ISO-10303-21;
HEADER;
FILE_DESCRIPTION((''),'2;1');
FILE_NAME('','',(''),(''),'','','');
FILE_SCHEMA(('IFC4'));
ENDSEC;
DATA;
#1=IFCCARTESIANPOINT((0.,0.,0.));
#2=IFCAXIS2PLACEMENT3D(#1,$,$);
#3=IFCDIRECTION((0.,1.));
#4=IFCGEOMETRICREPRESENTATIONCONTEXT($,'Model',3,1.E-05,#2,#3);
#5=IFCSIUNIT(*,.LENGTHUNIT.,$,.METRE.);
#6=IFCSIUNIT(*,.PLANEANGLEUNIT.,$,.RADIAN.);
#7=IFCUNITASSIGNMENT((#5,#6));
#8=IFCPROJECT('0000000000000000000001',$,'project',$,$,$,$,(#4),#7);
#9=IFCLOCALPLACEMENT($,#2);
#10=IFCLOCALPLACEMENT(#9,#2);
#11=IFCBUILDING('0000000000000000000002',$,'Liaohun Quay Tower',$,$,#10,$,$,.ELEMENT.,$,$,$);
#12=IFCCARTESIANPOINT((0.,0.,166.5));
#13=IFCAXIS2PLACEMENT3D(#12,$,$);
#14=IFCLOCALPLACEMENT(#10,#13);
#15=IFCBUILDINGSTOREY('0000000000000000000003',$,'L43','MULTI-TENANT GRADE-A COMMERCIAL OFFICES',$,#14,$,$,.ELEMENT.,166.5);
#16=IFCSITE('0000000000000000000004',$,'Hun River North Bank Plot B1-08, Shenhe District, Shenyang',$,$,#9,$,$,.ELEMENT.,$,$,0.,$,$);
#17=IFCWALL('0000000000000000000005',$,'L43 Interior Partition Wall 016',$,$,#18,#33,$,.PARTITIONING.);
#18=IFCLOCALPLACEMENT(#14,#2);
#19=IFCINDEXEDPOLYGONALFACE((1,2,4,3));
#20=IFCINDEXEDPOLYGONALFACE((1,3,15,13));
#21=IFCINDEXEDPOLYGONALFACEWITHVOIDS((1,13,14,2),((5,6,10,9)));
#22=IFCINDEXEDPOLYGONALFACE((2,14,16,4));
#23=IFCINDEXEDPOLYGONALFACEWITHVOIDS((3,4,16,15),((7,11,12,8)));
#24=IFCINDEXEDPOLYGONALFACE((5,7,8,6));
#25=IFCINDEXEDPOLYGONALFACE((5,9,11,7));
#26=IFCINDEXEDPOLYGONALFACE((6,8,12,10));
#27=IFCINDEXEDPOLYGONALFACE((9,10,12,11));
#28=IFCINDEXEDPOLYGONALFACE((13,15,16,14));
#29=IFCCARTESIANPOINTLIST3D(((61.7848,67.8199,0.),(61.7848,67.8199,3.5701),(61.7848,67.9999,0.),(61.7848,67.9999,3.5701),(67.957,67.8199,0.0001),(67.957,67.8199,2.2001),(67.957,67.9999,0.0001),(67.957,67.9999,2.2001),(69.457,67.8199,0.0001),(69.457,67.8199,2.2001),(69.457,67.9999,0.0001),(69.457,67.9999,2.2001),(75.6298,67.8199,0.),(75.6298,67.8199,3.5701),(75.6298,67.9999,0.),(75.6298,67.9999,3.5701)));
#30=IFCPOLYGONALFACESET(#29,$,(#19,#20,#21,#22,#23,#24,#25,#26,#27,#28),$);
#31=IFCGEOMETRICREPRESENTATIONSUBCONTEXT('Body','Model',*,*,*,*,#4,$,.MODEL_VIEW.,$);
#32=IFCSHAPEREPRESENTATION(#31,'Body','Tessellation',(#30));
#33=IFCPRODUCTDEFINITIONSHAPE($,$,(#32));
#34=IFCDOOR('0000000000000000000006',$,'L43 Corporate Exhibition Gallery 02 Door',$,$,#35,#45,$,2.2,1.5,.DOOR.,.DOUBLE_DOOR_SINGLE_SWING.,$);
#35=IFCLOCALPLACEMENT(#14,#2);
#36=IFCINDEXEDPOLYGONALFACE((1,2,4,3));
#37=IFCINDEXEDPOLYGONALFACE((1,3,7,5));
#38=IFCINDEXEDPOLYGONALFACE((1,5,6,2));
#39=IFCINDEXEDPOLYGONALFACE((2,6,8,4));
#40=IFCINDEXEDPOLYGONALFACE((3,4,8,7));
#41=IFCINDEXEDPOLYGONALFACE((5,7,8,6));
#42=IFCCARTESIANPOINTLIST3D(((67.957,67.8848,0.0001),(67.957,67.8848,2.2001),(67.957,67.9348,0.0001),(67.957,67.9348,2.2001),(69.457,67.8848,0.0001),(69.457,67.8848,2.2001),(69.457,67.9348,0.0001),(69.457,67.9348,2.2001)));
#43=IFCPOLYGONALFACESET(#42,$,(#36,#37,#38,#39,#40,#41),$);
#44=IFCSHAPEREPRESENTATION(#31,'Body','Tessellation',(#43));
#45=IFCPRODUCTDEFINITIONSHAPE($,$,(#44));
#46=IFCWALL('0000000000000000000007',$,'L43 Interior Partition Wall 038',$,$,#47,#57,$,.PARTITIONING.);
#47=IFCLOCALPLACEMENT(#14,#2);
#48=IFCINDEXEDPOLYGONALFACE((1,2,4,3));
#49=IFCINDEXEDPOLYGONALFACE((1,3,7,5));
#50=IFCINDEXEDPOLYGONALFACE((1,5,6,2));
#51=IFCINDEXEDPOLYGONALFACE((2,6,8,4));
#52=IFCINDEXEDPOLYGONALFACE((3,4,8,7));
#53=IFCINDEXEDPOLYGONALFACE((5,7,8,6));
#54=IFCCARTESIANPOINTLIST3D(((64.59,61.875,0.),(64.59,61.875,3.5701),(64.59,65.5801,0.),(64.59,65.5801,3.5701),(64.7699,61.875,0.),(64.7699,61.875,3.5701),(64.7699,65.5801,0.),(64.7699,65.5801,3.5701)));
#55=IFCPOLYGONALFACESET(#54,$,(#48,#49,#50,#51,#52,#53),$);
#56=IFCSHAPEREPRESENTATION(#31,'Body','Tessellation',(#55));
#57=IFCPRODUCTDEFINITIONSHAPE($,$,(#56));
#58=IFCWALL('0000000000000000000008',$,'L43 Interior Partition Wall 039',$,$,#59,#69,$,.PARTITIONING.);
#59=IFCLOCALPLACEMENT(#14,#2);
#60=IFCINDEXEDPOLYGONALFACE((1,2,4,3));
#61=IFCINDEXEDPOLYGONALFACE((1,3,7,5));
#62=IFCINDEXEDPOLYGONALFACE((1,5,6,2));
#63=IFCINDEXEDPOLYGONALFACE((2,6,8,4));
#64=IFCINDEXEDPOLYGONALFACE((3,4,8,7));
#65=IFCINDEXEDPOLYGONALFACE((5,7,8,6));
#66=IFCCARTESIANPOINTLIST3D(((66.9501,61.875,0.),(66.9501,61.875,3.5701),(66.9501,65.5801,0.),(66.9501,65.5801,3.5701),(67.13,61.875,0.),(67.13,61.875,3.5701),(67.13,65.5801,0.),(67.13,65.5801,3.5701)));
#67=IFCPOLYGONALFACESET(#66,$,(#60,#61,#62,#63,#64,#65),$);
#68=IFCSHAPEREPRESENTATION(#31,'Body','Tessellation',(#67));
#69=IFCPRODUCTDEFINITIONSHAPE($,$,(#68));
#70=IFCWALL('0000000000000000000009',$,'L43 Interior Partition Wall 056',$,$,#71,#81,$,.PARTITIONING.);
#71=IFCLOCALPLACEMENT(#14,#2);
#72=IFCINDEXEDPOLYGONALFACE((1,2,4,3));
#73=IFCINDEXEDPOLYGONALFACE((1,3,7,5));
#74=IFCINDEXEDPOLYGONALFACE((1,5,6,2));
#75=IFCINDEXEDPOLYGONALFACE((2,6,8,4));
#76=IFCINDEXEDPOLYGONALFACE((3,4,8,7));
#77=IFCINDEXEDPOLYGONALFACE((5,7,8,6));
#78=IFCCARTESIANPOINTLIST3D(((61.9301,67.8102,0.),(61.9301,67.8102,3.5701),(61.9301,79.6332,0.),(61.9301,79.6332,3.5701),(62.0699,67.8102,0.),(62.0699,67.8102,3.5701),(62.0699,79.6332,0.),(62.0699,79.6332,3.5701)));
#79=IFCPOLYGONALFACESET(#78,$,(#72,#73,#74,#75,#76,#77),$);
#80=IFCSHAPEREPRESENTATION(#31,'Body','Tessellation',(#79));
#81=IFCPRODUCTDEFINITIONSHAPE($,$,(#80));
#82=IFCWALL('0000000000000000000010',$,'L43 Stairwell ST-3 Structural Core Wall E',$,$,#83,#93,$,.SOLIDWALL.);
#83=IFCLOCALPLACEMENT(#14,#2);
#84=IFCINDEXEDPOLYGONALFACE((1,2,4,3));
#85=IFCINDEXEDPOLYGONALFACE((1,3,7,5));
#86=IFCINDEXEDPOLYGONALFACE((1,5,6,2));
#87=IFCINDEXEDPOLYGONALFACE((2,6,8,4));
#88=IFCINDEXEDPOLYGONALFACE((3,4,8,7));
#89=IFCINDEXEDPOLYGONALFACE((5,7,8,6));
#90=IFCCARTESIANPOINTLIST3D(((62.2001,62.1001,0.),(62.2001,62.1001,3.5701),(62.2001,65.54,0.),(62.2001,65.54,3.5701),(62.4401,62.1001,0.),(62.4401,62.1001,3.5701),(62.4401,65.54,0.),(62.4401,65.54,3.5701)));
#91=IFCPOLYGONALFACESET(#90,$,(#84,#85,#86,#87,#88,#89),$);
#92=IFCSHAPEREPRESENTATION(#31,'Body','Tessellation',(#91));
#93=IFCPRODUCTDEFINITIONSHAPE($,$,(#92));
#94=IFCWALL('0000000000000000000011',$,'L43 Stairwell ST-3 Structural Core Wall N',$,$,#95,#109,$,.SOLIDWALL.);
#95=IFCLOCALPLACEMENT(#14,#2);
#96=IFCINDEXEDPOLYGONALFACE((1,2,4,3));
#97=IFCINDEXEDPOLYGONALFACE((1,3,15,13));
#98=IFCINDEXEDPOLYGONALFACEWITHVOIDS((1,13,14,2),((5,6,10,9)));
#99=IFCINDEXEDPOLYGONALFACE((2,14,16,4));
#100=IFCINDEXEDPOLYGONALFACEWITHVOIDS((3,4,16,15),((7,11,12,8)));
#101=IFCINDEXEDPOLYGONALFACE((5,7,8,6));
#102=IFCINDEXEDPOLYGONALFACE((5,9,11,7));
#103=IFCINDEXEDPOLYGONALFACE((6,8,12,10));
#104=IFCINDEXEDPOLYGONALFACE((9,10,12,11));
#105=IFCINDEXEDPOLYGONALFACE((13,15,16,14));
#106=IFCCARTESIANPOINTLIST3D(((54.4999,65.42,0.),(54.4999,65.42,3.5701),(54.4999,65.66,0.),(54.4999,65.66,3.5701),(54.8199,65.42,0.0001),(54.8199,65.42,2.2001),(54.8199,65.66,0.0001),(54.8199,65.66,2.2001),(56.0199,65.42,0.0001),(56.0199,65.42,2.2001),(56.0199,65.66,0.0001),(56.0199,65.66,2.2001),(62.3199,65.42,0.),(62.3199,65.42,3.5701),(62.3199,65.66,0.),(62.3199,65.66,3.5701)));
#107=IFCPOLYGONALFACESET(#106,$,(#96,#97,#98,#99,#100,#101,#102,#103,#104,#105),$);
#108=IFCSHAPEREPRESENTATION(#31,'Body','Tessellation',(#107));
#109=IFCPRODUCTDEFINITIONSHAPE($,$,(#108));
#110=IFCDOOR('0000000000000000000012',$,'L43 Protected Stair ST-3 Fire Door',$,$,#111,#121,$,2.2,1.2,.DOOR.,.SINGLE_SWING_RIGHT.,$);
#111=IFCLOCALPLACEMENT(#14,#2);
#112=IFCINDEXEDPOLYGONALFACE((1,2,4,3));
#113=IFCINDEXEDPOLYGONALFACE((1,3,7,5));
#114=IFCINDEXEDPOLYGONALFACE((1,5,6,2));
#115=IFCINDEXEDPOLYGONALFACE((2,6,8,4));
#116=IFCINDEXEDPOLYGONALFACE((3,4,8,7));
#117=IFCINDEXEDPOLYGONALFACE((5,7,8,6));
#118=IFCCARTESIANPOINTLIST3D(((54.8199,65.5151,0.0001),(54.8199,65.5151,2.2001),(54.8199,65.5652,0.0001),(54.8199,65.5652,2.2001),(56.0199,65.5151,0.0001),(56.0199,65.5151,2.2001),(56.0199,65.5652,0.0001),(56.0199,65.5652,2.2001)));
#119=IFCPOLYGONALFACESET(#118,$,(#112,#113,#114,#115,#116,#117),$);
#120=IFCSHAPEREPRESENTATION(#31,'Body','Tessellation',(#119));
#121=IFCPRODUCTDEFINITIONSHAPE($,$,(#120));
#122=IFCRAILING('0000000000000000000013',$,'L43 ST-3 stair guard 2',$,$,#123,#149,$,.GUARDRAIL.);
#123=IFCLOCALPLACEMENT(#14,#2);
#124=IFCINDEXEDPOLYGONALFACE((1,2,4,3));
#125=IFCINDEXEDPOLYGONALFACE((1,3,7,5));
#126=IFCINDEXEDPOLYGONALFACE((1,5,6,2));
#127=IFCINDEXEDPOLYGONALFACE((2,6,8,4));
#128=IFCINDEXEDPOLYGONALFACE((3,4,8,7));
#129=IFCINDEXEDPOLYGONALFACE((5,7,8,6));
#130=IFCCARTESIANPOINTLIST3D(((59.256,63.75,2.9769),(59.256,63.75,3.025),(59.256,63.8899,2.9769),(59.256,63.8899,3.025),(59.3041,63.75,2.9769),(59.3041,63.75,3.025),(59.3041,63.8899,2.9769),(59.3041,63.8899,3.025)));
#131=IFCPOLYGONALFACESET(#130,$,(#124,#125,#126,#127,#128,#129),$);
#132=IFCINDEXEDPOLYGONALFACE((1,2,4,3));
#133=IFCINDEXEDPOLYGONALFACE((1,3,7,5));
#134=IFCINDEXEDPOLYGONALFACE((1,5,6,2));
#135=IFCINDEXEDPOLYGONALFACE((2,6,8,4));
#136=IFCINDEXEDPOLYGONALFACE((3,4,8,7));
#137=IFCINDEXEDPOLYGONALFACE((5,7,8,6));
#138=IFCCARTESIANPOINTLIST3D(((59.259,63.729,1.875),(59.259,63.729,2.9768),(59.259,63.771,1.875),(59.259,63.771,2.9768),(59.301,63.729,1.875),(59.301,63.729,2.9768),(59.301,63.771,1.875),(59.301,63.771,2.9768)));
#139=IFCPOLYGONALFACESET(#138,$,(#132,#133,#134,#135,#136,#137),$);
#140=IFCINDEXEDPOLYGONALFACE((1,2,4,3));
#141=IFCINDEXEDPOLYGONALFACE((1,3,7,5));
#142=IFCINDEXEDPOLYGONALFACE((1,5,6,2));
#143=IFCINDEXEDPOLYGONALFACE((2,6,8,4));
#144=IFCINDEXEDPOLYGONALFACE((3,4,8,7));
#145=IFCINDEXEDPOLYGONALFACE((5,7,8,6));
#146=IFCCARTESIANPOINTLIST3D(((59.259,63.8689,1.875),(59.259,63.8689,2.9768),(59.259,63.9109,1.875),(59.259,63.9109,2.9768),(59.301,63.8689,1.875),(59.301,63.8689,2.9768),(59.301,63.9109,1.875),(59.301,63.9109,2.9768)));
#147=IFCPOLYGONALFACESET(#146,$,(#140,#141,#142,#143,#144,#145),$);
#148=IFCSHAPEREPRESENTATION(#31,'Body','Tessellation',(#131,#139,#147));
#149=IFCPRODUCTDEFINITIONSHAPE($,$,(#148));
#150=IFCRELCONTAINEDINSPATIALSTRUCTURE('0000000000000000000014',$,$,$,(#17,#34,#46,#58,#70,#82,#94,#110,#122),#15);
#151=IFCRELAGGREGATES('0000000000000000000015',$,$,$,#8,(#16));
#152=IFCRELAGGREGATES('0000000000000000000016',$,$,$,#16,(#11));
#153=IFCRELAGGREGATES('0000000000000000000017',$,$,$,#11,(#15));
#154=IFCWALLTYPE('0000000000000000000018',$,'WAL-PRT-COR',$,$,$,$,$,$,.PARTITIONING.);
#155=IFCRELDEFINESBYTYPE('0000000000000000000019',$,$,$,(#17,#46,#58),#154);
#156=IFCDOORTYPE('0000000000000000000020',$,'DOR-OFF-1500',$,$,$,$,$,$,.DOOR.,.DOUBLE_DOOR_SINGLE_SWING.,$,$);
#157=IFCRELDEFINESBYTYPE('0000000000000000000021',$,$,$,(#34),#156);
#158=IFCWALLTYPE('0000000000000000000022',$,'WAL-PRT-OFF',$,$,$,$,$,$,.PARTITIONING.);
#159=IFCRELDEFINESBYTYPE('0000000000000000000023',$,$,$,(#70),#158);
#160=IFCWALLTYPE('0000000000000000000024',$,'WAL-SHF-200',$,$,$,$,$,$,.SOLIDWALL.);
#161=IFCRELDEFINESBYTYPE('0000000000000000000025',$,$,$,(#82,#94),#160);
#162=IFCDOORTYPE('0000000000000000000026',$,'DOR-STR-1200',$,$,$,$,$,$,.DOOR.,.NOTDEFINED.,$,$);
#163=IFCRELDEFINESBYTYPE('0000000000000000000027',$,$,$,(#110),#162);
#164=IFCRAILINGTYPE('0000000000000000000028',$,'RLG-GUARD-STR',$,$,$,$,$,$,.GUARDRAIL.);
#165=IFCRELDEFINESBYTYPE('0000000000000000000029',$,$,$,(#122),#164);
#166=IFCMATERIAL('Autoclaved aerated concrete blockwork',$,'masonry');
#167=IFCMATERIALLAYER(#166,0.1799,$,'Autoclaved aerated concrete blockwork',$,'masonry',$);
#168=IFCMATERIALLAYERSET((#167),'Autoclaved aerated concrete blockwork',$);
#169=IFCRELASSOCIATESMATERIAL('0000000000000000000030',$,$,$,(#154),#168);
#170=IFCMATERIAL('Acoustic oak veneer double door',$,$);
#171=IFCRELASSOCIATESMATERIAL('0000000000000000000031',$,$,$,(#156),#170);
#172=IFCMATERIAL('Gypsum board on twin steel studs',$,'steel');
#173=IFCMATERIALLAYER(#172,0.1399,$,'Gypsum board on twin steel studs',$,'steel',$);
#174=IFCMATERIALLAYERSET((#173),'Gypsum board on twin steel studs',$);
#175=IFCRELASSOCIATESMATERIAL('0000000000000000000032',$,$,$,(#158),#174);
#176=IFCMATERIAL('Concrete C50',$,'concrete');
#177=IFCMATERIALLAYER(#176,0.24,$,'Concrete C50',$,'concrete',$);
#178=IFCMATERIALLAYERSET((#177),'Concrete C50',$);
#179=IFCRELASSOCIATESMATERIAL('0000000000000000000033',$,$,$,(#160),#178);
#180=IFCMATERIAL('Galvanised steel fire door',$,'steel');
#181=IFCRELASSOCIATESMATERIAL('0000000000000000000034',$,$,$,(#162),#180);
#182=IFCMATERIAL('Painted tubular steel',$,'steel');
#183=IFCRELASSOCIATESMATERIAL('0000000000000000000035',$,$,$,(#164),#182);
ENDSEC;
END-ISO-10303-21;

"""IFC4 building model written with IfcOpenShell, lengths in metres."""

from ifc_helpers import new_model, si_unit, direction, frame, frame_2d, origin, origin_2d, place, context, subcontext, project, spatial, rectangle, extrude, source, transform, mapped, material, layer, layer_set, type_object, element, fill, save


model = new_model("IFC4")

# Units and contexts
model_context = context("Model", 3, precision=1e-05, world=origin(), true_north=direction((0.0, 1.0)))
body_context = subcontext(model_context, "Body", "Model", "MODEL_VIEW")
ifc_project = project(units=[si_unit("LENGTHUNIT", "METRE"), si_unit("PLANEANGLEUNIT", "RADIAN")], contexts=[model_context])

# Site, building, storey
site_placement = place(None, origin())
site = spatial("IfcSite", under=ifc_project, at=site_placement, Name="Hun River North Bank Plot B1-08, Shenhe District, Shenyang", CompositionType="ELEMENT", RefElevation=0.0)
building_placement = place(site_placement, origin())
building = spatial("IfcBuilding", under=site, at=building_placement, Name="Liaohun Quay Tower", CompositionType="ELEMENT")
storey_placement = place(building_placement, frame((0.0, 0.0, 166.5)))
storey = spatial("IfcBuildingStorey", under=building, at=storey_placement, Name="L43", Description="MULTI-TENANT GRADE-A COMMERCIAL OFFICES", CompositionType="ELEMENT", Elevation=166.5)

# Wall, opening, door
ifc_material_1 = material(Name="Autoclaved aerated concrete blockwork", Category="masonry")
ifc_layer_1 = layer(ifc_material_1, 0.1799, Name="Autoclaved aerated concrete blockwork", Category="masonry")
ifc_layer_set_1 = layer_set([ifc_layer_1], Name="Autoclaved aerated concrete blockwork")
wall_type_1 = type_object("IfcWallType", Name="WAL-PRT-COR", PredefinedType="PARTITIONING", material=ifc_layer_set_1)
wall_1_placement = place(storey_placement, frame((61.7849, 67.9099, 0.0), z_axis=(0.0, 0.0, 1.0), x_axis=(1.0, 0.0, 0.0)))
wall_1 = element("IfcWall", 1, at=wall_1_placement, inside=storey, type_object=wall_type_1, Name="L43 Interior Partition Wall 016", PredefinedType="PARTITIONING", context=body_context, shape_type="SweptSolid", body=[
    extrude(rectangle(XDim=13.845, YDim=0.1799, at=frame_2d((6.9224, 0.0))), origin(), (0.0, 0.0, 1.0), 3.5701),
])
shared_shape_1 = source(origin(), body_context, "Body", "SweptSolid", [
    extrude(rectangle(XDim=1.5, YDim=2.2, at=frame_2d((0.75, 1.1001))), frame((0.0, 0.0999, 0.0), z_axis=(0.0, -1.0, 0.0), x_axis=(1.0, 0.0, 0.0)), (0.0, 0.0, 1.0), 0.2),
])
opening_1_placement = place(wall_1_placement, frame((6.1721, 0.0, 0.0)))
opening_1 = element("IfcOpeningElement", 2, at=opening_1_placement, cuts=wall_1, PredefinedType="OPENING", context=body_context, shape_type="MappedRepresentation", body=[
    mapped(shared_shape_1, transform((0.0, 0.0, 0.0), x_axis=(1.0, 0.0, 0.0), y_axis=(0.0, 1.0, 0.0), z_axis=(0.0, 0.0, 1.0), scale=1.0)),
])
ifc_material_2 = material(Name="Acoustic oak veneer double door")
door_type_1 = type_object("IfcDoorType", Name="DOR-OFF-1500", OperationType="DOUBLE_DOOR_SINGLE_SWING", PredefinedType="DOOR", material=ifc_material_2)
shared_shape_2 = source(origin(), body_context, "Body", "SweptSolid", [
    extrude(rectangle(XDim=1.5, YDim=2.2, at=frame_2d((0.75, 1.1001))), frame((0.0, 0.0249, 0.0), z_axis=(0.0, -1.0, 0.0), x_axis=(1.0, 0.0, 0.0)), (0.0, 0.0, 1.0), 0.05),
])
door_1_placement = place(opening_1_placement, origin())
door_1 = element("IfcDoor", 3, at=door_1_placement, inside=storey, type_object=door_type_1, Name="L43 Corporate Exhibition Gallery 02 Door", OperationType="DOUBLE_DOOR_SINGLE_SWING", OverallHeight=2.2, OverallWidth=1.5, PredefinedType="DOOR", context=body_context, shape_type="MappedRepresentation", body=[
    mapped(shared_shape_2, transform((0.0, 0.0, 0.0), x_axis=(1.0, 0.0, 0.0), y_axis=(0.0, 1.0, 0.0), z_axis=(0.0, 0.0, 1.0), scale=1.0)),
])
fill(opening_1, door_1)

# Walls
for number, where, z_axis, x_axis, name in (
    (4, (64.6799, 61.875, 0.0), (0.0, 0.0, 1.0), (0.0, 1.0, 0.0), "L43 Interior Partition Wall 038"),
    (5, (67.04, 61.875, 0.0), (0.0, 0.0, 1.0), (0.0, 1.0, 0.0), "L43 Interior Partition Wall 039"),
):
    element("IfcWall", number, at=place(storey_placement, frame(where, z_axis=z_axis, x_axis=x_axis)), inside=storey, type_object=wall_type_1, Name=name, PredefinedType="PARTITIONING", context=body_context, shape_type="SweptSolid", body=[
        extrude(rectangle(XDim=3.7051, YDim=0.1799, at=frame_2d((1.8525, 0.0))), origin(), (0.0, 0.0, 1.0), 3.5701),
    ])
ifc_material_3 = material(Name="Gypsum board on twin steel studs", Category="steel")
ifc_layer_2 = layer(ifc_material_3, 0.1399, Name="Gypsum board on twin steel studs", Category="steel")
ifc_layer_set_2 = layer_set([ifc_layer_2], Name="Gypsum board on twin steel studs")
wall_type_2 = type_object("IfcWallType", Name="WAL-PRT-OFF", PredefinedType="PARTITIONING", material=ifc_layer_set_2)
wall_2_placement = place(storey_placement, frame((62.0, 67.8101, 0.0), z_axis=(0.0, 0.0, 1.0), x_axis=(0.0, 1.0, 0.0)))
element("IfcWall", 6, at=wall_2_placement, inside=storey, type_object=wall_type_2, Name="L43 Interior Partition Wall 056", PredefinedType="PARTITIONING", context=body_context, shape_type="SweptSolid", body=[
    extrude(rectangle(XDim=11.823, YDim=0.1399, at=frame_2d((5.9116, 0.0))), origin(), (0.0, 0.0, 1.0), 3.5701),
])
ifc_material_4 = material(Name="Concrete C50", Category="concrete")
ifc_layer_3 = layer(ifc_material_4, 0.24, Name="Concrete C50", Category="concrete")
ifc_layer_set_3 = layer_set([ifc_layer_3], Name="Concrete C50")
wall_type_3 = type_object("IfcWallType", Name="WAL-SHF-200", PredefinedType="SOLIDWALL", material=ifc_layer_set_3)
wall_3_placement = place(storey_placement, frame((62.3201, 62.1001, 0.0), z_axis=(0.0, 0.0, 1.0), x_axis=(0.0, 1.0, 0.0)))
element("IfcWall", 7, at=wall_3_placement, inside=storey, type_object=wall_type_3, Name="L43 Stairwell ST-3 Structural Core Wall E", PredefinedType="SOLIDWALL", context=body_context, shape_type="SweptSolid", body=[
    extrude(rectangle(XDim=3.4399, YDim=0.24, at=frame_2d((1.72, 0.0))), origin(), (0.0, 0.0, 1.0), 3.5701),
])

# Wall, opening, door
wall_4_placement = place(storey_placement, frame((62.3201, 65.54, 0.0), z_axis=(0.0, 0.0, 1.0), x_axis=(-1.0, 0.0, 0.0)))
wall_4 = element("IfcWall", 8, at=wall_4_placement, inside=storey, type_object=wall_type_3, Name="L43 Stairwell ST-3 Structural Core Wall N", PredefinedType="SOLIDWALL", context=body_context, shape_type="SweptSolid", body=[
    extrude(rectangle(XDim=7.8201, YDim=0.24, at=frame_2d((3.9102, 0.0))), origin(), (0.0, 0.0, 1.0), 3.5701),
])
shared_shape_3 = source(origin(), body_context, "Body", "SweptSolid", [
    extrude(rectangle(XDim=1.2, YDim=2.2, at=frame_2d((0.6001, 1.1001))), frame((0.0, 0.1299, 0.0), z_axis=(0.0, -1.0, 0.0), x_axis=(1.0, 0.0, 0.0)), (0.0, 0.0, 1.0), 0.26),
])
opening_2_placement = place(wall_4_placement, frame((6.3, 0.0, 0.0)))
opening_2 = element("IfcOpeningElement", 9, at=opening_2_placement, cuts=wall_4, PredefinedType="OPENING", context=body_context, shape_type="MappedRepresentation", body=[
    mapped(shared_shape_3, transform((0.0, 0.0, 0.0), x_axis=(1.0, 0.0, 0.0), y_axis=(0.0, 1.0, 0.0), z_axis=(0.0, 0.0, 1.0), scale=1.0)),
])
ifc_material_5 = material(Name="Galvanised steel fire door", Category="steel")
door_type_2 = type_object("IfcDoorType", Name="DOR-STR-1200", OperationType="NOTDEFINED", PredefinedType="DOOR", material=ifc_material_5)
shared_shape_4 = source(origin(), body_context, "Body", "SweptSolid", [
    extrude(rectangle(XDim=1.2, YDim=2.2, at=frame_2d((0.6001, 1.1001))), frame((0.0, 0.0249, 0.0), z_axis=(0.0, -1.0, 0.0), x_axis=(1.0, 0.0, 0.0)), (0.0, 0.0, 1.0), 0.05),
])
door_2_placement = place(opening_2_placement, origin())
door_2 = element("IfcDoor", 10, at=door_2_placement, inside=storey, type_object=door_type_2, Name="L43 Protected Stair ST-3 Fire Door", OperationType="SINGLE_SWING_RIGHT", OverallHeight=2.2, OverallWidth=1.2, PredefinedType="DOOR", context=body_context, shape_type="MappedRepresentation", body=[
    mapped(shared_shape_4, transform((0.0, 0.0, 0.0), x_axis=(1.0, 0.0, 0.0), y_axis=(0.0, 1.0, 0.0), z_axis=(0.0, 0.0, 1.0), scale=1.0)),
])
fill(opening_2, door_2)

# Railing
ifc_material_6 = material(Name="Painted tubular steel", Category="steel")
railing_type = type_object("IfcRailingType", Name="RLG-GUARD-STR", PredefinedType="GUARDRAIL", material=ifc_material_6)
railing_placement = place(storey_placement, frame((59.28, 63.75, 1.875)))
element("IfcRailing", 11, at=railing_placement, inside=storey, type_object=railing_type, Name="L43 ST-3 stair guard 2", PredefinedType="GUARDRAIL", context=body_context, shape_type="SweptSolid", body=[
    extrude(rectangle(XDim=0.0481, YDim=0.0481, at=origin_2d()), frame((0.0, 0.0, 1.126), z_axis=(0.0, 1.0, 0.0), x_axis=(-1.0, 0.0, 0.0)), (0.0, 0.0, 1.0), 0.1399),
    extrude(rectangle(XDim=0.042, YDim=0.042, at=origin_2d()), origin(), (0.0, 0.0, 1.0), 1.1018),
    extrude(rectangle(XDim=0.042, YDim=0.042, at=origin_2d()), frame((0.0, 0.1399, 0.0)), (0.0, 0.0, 1.0), 1.1018),
])

save(model, "model.ifc")
